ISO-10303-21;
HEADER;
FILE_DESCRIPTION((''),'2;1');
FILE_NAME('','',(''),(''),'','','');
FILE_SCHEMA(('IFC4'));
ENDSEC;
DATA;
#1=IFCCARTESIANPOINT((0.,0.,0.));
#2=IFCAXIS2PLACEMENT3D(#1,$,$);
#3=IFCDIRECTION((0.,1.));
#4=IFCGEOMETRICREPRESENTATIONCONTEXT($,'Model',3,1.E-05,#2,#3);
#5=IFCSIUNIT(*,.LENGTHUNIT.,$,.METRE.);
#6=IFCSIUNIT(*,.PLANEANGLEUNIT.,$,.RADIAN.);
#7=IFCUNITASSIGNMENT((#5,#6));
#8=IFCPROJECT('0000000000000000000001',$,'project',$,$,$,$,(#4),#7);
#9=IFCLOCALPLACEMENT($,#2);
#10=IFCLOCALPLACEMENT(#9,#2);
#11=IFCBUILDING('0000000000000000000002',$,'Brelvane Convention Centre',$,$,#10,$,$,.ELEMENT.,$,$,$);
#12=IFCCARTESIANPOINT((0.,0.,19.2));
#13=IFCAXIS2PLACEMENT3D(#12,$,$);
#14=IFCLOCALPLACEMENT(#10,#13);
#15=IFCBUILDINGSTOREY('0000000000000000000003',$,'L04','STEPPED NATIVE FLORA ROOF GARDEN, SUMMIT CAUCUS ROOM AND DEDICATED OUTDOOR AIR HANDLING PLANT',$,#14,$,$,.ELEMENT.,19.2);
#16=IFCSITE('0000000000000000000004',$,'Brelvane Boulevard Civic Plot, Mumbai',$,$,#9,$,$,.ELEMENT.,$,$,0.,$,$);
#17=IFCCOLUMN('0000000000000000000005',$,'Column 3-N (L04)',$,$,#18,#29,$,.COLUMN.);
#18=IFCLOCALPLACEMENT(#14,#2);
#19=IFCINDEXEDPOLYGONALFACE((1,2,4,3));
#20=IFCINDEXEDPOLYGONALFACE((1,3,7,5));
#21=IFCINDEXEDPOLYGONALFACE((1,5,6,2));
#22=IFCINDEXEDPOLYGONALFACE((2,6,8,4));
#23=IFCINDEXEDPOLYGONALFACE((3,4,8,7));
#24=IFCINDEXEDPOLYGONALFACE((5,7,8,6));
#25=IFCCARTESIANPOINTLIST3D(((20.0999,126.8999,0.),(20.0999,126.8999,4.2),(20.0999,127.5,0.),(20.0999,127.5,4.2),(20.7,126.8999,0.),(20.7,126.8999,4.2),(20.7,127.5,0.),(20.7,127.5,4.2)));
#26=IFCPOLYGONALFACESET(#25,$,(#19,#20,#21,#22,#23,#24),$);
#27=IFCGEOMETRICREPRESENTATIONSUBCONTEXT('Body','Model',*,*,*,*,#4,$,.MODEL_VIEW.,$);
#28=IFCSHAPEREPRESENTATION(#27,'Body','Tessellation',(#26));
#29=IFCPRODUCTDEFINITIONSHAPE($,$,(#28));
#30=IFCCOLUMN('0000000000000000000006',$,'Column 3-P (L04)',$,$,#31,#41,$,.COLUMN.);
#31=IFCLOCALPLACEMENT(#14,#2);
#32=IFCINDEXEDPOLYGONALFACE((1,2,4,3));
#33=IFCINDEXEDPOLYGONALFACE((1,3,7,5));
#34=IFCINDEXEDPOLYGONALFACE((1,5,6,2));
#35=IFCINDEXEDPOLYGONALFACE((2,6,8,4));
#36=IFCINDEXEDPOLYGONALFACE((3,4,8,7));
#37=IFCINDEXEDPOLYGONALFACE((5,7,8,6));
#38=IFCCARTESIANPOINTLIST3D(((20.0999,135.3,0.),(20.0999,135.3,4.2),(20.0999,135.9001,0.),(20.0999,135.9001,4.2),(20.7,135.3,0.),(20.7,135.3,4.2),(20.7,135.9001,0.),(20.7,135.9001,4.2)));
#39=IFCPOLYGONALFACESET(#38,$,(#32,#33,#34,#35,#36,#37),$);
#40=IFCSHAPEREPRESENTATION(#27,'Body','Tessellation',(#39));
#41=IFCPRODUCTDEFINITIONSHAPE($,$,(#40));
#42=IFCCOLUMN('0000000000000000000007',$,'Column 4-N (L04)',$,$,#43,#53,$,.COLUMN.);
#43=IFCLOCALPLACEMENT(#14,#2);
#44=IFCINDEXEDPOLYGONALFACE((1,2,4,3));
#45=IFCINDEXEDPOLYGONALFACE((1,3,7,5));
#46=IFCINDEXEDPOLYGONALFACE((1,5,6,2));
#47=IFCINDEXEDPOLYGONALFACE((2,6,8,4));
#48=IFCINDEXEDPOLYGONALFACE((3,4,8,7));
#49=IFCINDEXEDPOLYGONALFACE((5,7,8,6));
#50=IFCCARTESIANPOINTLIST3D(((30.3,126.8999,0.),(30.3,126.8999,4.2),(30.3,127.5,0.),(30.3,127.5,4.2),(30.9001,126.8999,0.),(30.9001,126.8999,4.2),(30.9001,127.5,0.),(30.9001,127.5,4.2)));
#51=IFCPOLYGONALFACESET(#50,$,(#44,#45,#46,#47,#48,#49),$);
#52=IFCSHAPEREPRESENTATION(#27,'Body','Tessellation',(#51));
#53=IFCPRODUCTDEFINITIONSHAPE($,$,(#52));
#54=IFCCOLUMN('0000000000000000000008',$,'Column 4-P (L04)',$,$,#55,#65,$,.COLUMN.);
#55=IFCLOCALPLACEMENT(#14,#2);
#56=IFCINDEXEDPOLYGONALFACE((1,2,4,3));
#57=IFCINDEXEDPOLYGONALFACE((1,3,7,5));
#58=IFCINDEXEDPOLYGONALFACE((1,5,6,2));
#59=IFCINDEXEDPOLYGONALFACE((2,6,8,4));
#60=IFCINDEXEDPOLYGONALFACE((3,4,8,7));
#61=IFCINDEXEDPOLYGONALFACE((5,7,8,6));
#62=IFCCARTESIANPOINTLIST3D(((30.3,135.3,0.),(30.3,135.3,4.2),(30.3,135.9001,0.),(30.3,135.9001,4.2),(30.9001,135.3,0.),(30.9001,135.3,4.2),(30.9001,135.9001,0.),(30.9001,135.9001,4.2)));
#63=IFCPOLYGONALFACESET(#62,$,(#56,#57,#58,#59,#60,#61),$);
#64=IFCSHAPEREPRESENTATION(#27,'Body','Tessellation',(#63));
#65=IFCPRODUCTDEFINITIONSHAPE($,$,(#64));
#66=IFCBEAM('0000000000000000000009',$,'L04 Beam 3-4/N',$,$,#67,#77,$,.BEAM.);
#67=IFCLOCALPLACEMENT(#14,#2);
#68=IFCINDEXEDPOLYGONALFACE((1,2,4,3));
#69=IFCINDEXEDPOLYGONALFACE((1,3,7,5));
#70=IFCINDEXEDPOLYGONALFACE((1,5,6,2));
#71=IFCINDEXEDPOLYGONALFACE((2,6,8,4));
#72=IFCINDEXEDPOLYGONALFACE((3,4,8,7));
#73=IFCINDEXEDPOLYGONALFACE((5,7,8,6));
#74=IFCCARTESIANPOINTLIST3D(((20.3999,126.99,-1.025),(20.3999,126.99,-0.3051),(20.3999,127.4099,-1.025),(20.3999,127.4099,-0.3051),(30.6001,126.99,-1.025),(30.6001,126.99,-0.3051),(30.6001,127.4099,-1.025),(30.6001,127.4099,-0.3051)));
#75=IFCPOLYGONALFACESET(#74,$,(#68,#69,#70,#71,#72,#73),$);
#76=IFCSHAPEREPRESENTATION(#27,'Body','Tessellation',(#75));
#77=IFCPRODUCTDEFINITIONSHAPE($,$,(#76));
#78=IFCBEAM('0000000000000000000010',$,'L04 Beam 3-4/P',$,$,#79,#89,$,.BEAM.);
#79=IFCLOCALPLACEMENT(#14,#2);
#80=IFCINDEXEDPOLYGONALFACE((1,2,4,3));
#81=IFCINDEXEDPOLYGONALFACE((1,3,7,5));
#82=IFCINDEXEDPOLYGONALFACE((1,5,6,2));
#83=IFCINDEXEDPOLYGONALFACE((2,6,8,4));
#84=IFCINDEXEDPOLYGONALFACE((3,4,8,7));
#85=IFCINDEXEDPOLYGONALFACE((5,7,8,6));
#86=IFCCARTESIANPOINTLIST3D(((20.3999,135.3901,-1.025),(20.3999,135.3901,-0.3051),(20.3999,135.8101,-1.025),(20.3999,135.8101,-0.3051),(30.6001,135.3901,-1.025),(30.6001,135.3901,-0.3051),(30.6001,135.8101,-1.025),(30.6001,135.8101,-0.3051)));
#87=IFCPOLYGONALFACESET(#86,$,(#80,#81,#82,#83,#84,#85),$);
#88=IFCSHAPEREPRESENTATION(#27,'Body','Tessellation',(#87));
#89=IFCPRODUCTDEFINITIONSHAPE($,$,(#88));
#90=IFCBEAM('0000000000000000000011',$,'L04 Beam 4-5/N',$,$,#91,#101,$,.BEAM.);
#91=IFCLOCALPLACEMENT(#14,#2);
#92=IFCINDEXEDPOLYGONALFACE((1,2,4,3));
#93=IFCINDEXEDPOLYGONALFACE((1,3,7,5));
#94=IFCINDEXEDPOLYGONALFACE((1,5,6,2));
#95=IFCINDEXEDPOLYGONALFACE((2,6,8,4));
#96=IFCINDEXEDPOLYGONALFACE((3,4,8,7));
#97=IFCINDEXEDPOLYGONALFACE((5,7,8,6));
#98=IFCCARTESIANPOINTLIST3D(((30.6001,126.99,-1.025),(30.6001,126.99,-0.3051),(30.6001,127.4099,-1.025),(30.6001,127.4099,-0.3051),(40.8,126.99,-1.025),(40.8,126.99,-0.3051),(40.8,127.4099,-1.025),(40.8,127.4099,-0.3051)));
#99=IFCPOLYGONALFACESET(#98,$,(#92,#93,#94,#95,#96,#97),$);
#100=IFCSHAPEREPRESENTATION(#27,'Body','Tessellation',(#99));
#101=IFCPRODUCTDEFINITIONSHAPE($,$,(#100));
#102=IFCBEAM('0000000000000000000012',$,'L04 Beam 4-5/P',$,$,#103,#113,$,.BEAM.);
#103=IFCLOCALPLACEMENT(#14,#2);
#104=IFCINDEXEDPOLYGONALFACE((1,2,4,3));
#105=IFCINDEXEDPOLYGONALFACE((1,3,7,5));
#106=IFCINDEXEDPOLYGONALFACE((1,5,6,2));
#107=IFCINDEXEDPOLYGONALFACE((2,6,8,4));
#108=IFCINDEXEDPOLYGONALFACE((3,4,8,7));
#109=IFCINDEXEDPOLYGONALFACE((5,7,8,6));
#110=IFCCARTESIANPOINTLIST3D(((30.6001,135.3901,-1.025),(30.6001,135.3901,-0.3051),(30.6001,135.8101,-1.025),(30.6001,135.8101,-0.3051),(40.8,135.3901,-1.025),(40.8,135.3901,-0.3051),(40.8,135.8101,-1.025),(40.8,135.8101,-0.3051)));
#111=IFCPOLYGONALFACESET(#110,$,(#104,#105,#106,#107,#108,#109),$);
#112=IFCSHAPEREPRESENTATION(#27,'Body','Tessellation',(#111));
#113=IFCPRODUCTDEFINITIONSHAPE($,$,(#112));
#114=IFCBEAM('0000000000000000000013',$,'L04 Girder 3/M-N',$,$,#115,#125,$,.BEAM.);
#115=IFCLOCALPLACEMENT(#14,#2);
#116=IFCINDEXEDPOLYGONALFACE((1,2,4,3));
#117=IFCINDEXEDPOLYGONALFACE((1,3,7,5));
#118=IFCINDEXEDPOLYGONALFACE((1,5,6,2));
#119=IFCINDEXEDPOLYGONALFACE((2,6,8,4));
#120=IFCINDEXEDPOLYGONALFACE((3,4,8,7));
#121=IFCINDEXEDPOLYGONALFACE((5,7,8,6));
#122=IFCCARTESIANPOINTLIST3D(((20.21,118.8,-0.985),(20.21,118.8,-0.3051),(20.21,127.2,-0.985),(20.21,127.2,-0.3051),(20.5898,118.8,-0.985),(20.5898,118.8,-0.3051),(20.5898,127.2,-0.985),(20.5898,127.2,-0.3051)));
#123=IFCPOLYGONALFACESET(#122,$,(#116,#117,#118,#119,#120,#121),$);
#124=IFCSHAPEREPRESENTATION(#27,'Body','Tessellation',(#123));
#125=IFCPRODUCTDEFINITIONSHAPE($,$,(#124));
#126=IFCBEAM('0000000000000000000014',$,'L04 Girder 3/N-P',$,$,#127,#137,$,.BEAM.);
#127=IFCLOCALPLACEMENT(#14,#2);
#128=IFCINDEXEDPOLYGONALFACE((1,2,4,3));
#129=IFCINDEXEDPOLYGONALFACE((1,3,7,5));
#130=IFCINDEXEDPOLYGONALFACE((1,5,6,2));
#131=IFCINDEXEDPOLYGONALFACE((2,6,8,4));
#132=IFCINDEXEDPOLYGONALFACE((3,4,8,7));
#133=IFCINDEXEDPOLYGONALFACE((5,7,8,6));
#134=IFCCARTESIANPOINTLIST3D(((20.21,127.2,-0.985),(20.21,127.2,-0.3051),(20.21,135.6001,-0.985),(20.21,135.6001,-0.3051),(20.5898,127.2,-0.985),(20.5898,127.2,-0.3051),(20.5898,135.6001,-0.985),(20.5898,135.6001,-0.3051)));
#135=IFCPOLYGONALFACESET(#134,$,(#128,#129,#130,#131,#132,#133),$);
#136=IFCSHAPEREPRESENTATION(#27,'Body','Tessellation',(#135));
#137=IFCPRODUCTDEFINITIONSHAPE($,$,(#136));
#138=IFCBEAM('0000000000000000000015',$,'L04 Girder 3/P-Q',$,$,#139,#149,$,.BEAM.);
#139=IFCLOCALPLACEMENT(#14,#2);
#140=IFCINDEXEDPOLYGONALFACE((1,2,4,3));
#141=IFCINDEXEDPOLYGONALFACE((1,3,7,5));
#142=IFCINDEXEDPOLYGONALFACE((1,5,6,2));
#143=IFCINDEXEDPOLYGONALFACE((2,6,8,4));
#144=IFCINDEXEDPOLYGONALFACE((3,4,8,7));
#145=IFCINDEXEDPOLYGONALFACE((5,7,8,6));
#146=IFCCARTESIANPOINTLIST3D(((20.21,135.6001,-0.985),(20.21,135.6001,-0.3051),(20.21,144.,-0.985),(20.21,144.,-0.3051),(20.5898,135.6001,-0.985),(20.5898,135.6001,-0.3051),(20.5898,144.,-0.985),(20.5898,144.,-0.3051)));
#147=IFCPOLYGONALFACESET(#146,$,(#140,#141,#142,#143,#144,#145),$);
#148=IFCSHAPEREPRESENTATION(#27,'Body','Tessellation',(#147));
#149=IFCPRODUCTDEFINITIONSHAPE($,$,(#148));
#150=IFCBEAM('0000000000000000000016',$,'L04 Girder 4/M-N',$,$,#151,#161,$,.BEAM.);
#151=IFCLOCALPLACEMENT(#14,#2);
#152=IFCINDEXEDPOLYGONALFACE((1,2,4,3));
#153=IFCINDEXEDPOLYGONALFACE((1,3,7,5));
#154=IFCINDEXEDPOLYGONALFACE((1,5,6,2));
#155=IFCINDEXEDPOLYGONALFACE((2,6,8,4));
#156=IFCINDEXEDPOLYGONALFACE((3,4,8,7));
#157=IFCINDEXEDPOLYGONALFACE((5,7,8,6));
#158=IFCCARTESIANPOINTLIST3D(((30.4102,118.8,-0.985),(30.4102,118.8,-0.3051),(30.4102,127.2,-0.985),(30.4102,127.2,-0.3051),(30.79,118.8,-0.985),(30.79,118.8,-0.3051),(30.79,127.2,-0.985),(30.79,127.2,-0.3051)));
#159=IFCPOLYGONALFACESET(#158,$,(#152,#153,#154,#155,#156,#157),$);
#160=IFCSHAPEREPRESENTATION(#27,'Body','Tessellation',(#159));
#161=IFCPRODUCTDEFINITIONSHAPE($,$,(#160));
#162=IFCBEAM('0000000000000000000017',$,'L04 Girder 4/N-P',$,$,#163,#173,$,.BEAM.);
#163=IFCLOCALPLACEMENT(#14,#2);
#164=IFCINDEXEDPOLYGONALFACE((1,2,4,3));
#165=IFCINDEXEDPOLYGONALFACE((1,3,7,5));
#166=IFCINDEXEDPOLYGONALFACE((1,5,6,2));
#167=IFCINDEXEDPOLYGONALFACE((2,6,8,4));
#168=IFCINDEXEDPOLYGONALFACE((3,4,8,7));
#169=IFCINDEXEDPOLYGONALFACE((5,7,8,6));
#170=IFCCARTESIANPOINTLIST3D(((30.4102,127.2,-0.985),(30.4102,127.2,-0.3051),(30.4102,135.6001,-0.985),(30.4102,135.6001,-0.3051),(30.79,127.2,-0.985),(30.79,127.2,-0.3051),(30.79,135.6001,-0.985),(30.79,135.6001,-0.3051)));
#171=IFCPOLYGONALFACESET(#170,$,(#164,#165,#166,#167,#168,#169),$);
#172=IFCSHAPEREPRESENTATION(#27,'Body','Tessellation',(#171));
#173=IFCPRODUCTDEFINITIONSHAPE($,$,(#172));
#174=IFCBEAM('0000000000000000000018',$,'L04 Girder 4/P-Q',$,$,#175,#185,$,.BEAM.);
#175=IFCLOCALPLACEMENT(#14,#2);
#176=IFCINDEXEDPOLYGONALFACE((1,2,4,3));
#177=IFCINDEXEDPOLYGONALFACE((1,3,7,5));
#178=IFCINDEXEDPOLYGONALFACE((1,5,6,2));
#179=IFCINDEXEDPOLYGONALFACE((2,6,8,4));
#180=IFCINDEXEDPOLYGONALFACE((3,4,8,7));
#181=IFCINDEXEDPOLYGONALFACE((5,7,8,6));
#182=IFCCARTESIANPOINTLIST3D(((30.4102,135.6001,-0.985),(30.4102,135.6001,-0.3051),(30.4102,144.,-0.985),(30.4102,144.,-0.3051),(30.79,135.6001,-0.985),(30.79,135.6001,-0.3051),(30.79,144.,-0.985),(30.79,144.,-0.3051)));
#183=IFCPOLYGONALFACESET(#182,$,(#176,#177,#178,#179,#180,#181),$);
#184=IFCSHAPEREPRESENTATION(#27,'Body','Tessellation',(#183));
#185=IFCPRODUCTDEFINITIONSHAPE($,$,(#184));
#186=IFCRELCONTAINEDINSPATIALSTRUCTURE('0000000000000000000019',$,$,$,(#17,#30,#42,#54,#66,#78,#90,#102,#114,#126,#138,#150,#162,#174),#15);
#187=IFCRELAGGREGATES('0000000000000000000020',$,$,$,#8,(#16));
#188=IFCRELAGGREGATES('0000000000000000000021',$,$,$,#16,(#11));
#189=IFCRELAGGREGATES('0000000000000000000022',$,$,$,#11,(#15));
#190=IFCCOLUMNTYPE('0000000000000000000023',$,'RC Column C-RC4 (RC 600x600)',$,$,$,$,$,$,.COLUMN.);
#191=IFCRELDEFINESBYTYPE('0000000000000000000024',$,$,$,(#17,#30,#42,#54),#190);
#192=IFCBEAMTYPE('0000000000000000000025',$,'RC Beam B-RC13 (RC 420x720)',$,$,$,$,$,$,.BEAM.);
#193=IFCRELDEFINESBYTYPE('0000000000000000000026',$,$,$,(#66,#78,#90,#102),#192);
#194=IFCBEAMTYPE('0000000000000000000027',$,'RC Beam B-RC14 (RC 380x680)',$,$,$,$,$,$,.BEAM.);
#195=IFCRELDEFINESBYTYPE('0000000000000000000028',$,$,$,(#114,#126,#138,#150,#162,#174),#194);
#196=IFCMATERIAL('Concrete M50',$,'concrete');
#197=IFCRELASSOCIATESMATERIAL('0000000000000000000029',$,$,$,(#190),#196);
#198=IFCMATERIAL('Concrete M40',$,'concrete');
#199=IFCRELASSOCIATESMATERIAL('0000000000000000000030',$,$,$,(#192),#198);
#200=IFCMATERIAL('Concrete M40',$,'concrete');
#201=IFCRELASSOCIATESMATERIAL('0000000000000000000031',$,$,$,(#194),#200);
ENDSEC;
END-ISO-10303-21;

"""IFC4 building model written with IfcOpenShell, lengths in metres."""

from ifc_helpers import new_model, si_unit, direction, frame, origin, origin_2d, place, context, subcontext, project, spatial, rectangle, extrude, material, material_profile, profile_set, type_object, element, save


model = new_model("IFC4")

# Units and contexts
model_context = context("Model", 3, precision=1e-05, world=origin(), true_north=direction((0.0, 1.0)))
body_context = subcontext(model_context, "Body", "Model", "MODEL_VIEW")
ifc_project = project(units=[si_unit("LENGTHUNIT", "METRE"), si_unit("PLANEANGLEUNIT", "RADIAN")], contexts=[model_context])

# Site, building, storey
site_placement = place(None, origin())
site = spatial("IfcSite", under=ifc_project, at=site_placement, Name="Brelvane Boulevard Civic Plot, Mumbai", CompositionType="ELEMENT", RefElevation=0.0)
building_placement = place(site_placement, origin())
building = spatial("IfcBuilding", under=site, at=building_placement, Name="Brelvane Convention Centre", CompositionType="ELEMENT")
storey_placement = place(building_placement, frame((0.0, 0.0, 19.2)))
storey = spatial("IfcBuildingStorey", under=building, at=storey_placement, Name="L04", Description="STEPPED NATIVE FLORA ROOF GARDEN, SUMMIT CAUCUS ROOM AND DEDICATED OUTDOOR AIR HANDLING PLANT", CompositionType="ELEMENT", Elevation=19.2)

# Columns
ifc_material_1 = material(Name="Concrete M50", Category="concrete")
ifc_material_profile_1 = material_profile(ifc_material_1, rectangle(XDim=0.6001, YDim=0.6001, at=origin_2d()), Name="RC 600x600")
ifc_profile_set_1 = profile_set([ifc_material_profile_1], Name="Concrete M50")
column_type = type_object("IfcColumnType", Name="RC Column C-RC4 (RC 600x600)", PredefinedType="COLUMN", material=ifc_profile_set_1)
for number, where, z_axis, x_axis, name in (
    (1, (20.3999, 127.2, 0.0), (0.0, 0.0, 1.0), (1.0, 0.0, 0.0), "Column 3-N (L04)"),
    (2, (20.3999, 135.6001, 0.0), (0.0, 0.0, 1.0), (1.0, 0.0, 0.0), "Column 3-P (L04)"),
    (3, (30.6001, 127.2, 0.0), (0.0, 0.0, 1.0), (1.0, 0.0, 0.0), "Column 4-N (L04)"),
    (4, (30.6001, 135.6001, 0.0), (0.0, 0.0, 1.0), (1.0, 0.0, 0.0), "Column 4-P (L04)"),
):
    element("IfcColumn", number, at=place(storey_placement, frame(where, z_axis=z_axis, x_axis=x_axis)), inside=storey, type_object=column_type, Name=name, PredefinedType="COLUMN", context=body_context, shape_type="SweptSolid", body=[
        extrude(rectangle(XDim=0.6001, YDim=0.6001, at=origin_2d()), origin(), (0.0, 0.0, 1.0), 4.2),
    ])

# Beams
ifc_material_2 = material(Name="Concrete M40", Category="concrete")
ifc_material_profile_2 = material_profile(ifc_material_2, rectangle(XDim=0.4199, YDim=0.72, at=origin_2d()), Name="RC 420x720")
ifc_profile_set_2 = profile_set([ifc_material_profile_2], Name="Concrete M40")
beam_type_1 = type_object("IfcBeamType", Name="RC Beam B-RC13 (RC 420x720)", PredefinedType="BEAM", material=ifc_profile_set_2)
for number, where, z_axis, x_axis, name in (
    (5, (20.3999, 127.2, -0.665), (1.0, 0.0, 0.0), (0.0, 1.0, 0.0), "L04 Beam 3-4/N"),
    (6, (20.3999, 135.6001, -0.665), (1.0, 0.0, 0.0), (0.0, 1.0, 0.0), "L04 Beam 3-4/P"),
):
    element("IfcBeam", number, at=place(storey_placement, frame(where, z_axis=z_axis, x_axis=x_axis)), inside=storey, type_object=beam_type_1, Name=name, PredefinedType="BEAM", context=body_context, shape_type="SweptSolid", body=[
        extrude(rectangle(XDim=0.4199, YDim=0.72, at=origin_2d()), origin(), (0.0, 0.0, 1.0), 10.2002),
    ])
for number, where, z_axis, x_axis, name in (
    (7, (30.6001, 127.2, -0.665), (1.0, 0.0, 0.0), (0.0, 1.0, 0.0), "L04 Beam 4-5/N"),
    (8, (30.6001, 135.6001, -0.665), (1.0, 0.0, 0.0), (0.0, 1.0, 0.0), "L04 Beam 4-5/P"),
):
    element("IfcBeam", number, at=place(storey_placement, frame(where, z_axis=z_axis, x_axis=x_axis)), inside=storey, type_object=beam_type_1, Name=name, PredefinedType="BEAM", context=body_context, shape_type="SweptSolid", body=[
        extrude(rectangle(XDim=0.4199, YDim=0.72, at=origin_2d()), origin(), (0.0, 0.0, 1.0), 10.2),
    ])
ifc_material_3 = material(Name="Concrete M40", Category="concrete")
ifc_material_profile_3 = material_profile(ifc_material_3, rectangle(XDim=0.3799, YDim=0.6799, at=origin_2d()), Name="RC 380x680")
ifc_profile_set_3 = profile_set([ifc_material_profile_3], Name="Concrete M40")
beam_type_2 = type_object("IfcBeamType", Name="RC Beam B-RC14 (RC 380x680)", PredefinedType="BEAM", material=ifc_profile_set_3)
beam_1_placement = place(storey_placement, frame((20.3999, 118.8, -0.645), z_axis=(0.0, 1.0, 0.0), x_axis=(-1.0, 0.0, 0.0)))
element("IfcBeam", 9, at=beam_1_placement, inside=storey, type_object=beam_type_2, Name="L04 Girder 3/M-N", PredefinedType="BEAM", context=body_context, shape_type="SweptSolid", body=[
    extrude(rectangle(XDim=0.3799, YDim=0.6799, at=origin_2d()), origin(), (0.0, 0.0, 1.0), 8.3999),
])
beam_2_placement = place(storey_placement, frame((20.3999, 127.2, -0.645), z_axis=(0.0, 1.0, 0.0), x_axis=(-1.0, 0.0, 0.0)))
element("IfcBeam", 10, at=beam_2_placement, inside=storey, type_object=beam_type_2, Name="L04 Girder 3/N-P", PredefinedType="BEAM", context=body_context, shape_type="SweptSolid", body=[
    extrude(rectangle(XDim=0.3799, YDim=0.6799, at=origin_2d()), origin(), (0.0, 0.0, 1.0), 8.4001),
])
for number, where, z_axis, x_axis, name in (
    (11, (20.3999, 135.6001, -0.645), (0.0, 1.0, 0.0), (-1.0, 0.0, 0.0), "L04 Girder 3/P-Q"),
    (12, (30.6001, 118.8, -0.645), (0.0, 1.0, 0.0), (-1.0, 0.0, 0.0), "L04 Girder 4/M-N"),
):
    element("IfcBeam", number, at=place(storey_placement, frame(where, z_axis=z_axis, x_axis=x_axis)), inside=storey, type_object=beam_type_2, Name=name, PredefinedType="BEAM", context=body_context, shape_type="SweptSolid", body=[
        extrude(rectangle(XDim=0.3799, YDim=0.6799, at=origin_2d()), origin(), (0.0, 0.0, 1.0), 8.3999),
    ])
beam_3_placement = place(storey_placement, frame((30.6001, 127.2, -0.645), z_axis=(0.0, 1.0, 0.0), x_axis=(-1.0, 0.0, 0.0)))
element("IfcBeam", 13, at=beam_3_placement, inside=storey, type_object=beam_type_2, Name="L04 Girder 4/N-P", PredefinedType="BEAM", context=body_context, shape_type="SweptSolid", body=[
    extrude(rectangle(XDim=0.3799, YDim=0.6799, at=origin_2d()), origin(), (0.0, 0.0, 1.0), 8.4001),
])
beam_4_placement = place(storey_placement, frame((30.6001, 135.6001, -0.645), z_axis=(0.0, 1.0, 0.0), x_axis=(-1.0, 0.0, 0.0)))
element("IfcBeam", 14, at=beam_4_placement, inside=storey, type_object=beam_type_2, Name="L04 Girder 4/P-Q", PredefinedType="BEAM", context=body_context, shape_type="SweptSolid", body=[
    extrude(rectangle(XDim=0.3799, YDim=0.6799, at=origin_2d()), origin(), (0.0, 0.0, 1.0), 8.3999),
])

save(model, "model.ifc")
